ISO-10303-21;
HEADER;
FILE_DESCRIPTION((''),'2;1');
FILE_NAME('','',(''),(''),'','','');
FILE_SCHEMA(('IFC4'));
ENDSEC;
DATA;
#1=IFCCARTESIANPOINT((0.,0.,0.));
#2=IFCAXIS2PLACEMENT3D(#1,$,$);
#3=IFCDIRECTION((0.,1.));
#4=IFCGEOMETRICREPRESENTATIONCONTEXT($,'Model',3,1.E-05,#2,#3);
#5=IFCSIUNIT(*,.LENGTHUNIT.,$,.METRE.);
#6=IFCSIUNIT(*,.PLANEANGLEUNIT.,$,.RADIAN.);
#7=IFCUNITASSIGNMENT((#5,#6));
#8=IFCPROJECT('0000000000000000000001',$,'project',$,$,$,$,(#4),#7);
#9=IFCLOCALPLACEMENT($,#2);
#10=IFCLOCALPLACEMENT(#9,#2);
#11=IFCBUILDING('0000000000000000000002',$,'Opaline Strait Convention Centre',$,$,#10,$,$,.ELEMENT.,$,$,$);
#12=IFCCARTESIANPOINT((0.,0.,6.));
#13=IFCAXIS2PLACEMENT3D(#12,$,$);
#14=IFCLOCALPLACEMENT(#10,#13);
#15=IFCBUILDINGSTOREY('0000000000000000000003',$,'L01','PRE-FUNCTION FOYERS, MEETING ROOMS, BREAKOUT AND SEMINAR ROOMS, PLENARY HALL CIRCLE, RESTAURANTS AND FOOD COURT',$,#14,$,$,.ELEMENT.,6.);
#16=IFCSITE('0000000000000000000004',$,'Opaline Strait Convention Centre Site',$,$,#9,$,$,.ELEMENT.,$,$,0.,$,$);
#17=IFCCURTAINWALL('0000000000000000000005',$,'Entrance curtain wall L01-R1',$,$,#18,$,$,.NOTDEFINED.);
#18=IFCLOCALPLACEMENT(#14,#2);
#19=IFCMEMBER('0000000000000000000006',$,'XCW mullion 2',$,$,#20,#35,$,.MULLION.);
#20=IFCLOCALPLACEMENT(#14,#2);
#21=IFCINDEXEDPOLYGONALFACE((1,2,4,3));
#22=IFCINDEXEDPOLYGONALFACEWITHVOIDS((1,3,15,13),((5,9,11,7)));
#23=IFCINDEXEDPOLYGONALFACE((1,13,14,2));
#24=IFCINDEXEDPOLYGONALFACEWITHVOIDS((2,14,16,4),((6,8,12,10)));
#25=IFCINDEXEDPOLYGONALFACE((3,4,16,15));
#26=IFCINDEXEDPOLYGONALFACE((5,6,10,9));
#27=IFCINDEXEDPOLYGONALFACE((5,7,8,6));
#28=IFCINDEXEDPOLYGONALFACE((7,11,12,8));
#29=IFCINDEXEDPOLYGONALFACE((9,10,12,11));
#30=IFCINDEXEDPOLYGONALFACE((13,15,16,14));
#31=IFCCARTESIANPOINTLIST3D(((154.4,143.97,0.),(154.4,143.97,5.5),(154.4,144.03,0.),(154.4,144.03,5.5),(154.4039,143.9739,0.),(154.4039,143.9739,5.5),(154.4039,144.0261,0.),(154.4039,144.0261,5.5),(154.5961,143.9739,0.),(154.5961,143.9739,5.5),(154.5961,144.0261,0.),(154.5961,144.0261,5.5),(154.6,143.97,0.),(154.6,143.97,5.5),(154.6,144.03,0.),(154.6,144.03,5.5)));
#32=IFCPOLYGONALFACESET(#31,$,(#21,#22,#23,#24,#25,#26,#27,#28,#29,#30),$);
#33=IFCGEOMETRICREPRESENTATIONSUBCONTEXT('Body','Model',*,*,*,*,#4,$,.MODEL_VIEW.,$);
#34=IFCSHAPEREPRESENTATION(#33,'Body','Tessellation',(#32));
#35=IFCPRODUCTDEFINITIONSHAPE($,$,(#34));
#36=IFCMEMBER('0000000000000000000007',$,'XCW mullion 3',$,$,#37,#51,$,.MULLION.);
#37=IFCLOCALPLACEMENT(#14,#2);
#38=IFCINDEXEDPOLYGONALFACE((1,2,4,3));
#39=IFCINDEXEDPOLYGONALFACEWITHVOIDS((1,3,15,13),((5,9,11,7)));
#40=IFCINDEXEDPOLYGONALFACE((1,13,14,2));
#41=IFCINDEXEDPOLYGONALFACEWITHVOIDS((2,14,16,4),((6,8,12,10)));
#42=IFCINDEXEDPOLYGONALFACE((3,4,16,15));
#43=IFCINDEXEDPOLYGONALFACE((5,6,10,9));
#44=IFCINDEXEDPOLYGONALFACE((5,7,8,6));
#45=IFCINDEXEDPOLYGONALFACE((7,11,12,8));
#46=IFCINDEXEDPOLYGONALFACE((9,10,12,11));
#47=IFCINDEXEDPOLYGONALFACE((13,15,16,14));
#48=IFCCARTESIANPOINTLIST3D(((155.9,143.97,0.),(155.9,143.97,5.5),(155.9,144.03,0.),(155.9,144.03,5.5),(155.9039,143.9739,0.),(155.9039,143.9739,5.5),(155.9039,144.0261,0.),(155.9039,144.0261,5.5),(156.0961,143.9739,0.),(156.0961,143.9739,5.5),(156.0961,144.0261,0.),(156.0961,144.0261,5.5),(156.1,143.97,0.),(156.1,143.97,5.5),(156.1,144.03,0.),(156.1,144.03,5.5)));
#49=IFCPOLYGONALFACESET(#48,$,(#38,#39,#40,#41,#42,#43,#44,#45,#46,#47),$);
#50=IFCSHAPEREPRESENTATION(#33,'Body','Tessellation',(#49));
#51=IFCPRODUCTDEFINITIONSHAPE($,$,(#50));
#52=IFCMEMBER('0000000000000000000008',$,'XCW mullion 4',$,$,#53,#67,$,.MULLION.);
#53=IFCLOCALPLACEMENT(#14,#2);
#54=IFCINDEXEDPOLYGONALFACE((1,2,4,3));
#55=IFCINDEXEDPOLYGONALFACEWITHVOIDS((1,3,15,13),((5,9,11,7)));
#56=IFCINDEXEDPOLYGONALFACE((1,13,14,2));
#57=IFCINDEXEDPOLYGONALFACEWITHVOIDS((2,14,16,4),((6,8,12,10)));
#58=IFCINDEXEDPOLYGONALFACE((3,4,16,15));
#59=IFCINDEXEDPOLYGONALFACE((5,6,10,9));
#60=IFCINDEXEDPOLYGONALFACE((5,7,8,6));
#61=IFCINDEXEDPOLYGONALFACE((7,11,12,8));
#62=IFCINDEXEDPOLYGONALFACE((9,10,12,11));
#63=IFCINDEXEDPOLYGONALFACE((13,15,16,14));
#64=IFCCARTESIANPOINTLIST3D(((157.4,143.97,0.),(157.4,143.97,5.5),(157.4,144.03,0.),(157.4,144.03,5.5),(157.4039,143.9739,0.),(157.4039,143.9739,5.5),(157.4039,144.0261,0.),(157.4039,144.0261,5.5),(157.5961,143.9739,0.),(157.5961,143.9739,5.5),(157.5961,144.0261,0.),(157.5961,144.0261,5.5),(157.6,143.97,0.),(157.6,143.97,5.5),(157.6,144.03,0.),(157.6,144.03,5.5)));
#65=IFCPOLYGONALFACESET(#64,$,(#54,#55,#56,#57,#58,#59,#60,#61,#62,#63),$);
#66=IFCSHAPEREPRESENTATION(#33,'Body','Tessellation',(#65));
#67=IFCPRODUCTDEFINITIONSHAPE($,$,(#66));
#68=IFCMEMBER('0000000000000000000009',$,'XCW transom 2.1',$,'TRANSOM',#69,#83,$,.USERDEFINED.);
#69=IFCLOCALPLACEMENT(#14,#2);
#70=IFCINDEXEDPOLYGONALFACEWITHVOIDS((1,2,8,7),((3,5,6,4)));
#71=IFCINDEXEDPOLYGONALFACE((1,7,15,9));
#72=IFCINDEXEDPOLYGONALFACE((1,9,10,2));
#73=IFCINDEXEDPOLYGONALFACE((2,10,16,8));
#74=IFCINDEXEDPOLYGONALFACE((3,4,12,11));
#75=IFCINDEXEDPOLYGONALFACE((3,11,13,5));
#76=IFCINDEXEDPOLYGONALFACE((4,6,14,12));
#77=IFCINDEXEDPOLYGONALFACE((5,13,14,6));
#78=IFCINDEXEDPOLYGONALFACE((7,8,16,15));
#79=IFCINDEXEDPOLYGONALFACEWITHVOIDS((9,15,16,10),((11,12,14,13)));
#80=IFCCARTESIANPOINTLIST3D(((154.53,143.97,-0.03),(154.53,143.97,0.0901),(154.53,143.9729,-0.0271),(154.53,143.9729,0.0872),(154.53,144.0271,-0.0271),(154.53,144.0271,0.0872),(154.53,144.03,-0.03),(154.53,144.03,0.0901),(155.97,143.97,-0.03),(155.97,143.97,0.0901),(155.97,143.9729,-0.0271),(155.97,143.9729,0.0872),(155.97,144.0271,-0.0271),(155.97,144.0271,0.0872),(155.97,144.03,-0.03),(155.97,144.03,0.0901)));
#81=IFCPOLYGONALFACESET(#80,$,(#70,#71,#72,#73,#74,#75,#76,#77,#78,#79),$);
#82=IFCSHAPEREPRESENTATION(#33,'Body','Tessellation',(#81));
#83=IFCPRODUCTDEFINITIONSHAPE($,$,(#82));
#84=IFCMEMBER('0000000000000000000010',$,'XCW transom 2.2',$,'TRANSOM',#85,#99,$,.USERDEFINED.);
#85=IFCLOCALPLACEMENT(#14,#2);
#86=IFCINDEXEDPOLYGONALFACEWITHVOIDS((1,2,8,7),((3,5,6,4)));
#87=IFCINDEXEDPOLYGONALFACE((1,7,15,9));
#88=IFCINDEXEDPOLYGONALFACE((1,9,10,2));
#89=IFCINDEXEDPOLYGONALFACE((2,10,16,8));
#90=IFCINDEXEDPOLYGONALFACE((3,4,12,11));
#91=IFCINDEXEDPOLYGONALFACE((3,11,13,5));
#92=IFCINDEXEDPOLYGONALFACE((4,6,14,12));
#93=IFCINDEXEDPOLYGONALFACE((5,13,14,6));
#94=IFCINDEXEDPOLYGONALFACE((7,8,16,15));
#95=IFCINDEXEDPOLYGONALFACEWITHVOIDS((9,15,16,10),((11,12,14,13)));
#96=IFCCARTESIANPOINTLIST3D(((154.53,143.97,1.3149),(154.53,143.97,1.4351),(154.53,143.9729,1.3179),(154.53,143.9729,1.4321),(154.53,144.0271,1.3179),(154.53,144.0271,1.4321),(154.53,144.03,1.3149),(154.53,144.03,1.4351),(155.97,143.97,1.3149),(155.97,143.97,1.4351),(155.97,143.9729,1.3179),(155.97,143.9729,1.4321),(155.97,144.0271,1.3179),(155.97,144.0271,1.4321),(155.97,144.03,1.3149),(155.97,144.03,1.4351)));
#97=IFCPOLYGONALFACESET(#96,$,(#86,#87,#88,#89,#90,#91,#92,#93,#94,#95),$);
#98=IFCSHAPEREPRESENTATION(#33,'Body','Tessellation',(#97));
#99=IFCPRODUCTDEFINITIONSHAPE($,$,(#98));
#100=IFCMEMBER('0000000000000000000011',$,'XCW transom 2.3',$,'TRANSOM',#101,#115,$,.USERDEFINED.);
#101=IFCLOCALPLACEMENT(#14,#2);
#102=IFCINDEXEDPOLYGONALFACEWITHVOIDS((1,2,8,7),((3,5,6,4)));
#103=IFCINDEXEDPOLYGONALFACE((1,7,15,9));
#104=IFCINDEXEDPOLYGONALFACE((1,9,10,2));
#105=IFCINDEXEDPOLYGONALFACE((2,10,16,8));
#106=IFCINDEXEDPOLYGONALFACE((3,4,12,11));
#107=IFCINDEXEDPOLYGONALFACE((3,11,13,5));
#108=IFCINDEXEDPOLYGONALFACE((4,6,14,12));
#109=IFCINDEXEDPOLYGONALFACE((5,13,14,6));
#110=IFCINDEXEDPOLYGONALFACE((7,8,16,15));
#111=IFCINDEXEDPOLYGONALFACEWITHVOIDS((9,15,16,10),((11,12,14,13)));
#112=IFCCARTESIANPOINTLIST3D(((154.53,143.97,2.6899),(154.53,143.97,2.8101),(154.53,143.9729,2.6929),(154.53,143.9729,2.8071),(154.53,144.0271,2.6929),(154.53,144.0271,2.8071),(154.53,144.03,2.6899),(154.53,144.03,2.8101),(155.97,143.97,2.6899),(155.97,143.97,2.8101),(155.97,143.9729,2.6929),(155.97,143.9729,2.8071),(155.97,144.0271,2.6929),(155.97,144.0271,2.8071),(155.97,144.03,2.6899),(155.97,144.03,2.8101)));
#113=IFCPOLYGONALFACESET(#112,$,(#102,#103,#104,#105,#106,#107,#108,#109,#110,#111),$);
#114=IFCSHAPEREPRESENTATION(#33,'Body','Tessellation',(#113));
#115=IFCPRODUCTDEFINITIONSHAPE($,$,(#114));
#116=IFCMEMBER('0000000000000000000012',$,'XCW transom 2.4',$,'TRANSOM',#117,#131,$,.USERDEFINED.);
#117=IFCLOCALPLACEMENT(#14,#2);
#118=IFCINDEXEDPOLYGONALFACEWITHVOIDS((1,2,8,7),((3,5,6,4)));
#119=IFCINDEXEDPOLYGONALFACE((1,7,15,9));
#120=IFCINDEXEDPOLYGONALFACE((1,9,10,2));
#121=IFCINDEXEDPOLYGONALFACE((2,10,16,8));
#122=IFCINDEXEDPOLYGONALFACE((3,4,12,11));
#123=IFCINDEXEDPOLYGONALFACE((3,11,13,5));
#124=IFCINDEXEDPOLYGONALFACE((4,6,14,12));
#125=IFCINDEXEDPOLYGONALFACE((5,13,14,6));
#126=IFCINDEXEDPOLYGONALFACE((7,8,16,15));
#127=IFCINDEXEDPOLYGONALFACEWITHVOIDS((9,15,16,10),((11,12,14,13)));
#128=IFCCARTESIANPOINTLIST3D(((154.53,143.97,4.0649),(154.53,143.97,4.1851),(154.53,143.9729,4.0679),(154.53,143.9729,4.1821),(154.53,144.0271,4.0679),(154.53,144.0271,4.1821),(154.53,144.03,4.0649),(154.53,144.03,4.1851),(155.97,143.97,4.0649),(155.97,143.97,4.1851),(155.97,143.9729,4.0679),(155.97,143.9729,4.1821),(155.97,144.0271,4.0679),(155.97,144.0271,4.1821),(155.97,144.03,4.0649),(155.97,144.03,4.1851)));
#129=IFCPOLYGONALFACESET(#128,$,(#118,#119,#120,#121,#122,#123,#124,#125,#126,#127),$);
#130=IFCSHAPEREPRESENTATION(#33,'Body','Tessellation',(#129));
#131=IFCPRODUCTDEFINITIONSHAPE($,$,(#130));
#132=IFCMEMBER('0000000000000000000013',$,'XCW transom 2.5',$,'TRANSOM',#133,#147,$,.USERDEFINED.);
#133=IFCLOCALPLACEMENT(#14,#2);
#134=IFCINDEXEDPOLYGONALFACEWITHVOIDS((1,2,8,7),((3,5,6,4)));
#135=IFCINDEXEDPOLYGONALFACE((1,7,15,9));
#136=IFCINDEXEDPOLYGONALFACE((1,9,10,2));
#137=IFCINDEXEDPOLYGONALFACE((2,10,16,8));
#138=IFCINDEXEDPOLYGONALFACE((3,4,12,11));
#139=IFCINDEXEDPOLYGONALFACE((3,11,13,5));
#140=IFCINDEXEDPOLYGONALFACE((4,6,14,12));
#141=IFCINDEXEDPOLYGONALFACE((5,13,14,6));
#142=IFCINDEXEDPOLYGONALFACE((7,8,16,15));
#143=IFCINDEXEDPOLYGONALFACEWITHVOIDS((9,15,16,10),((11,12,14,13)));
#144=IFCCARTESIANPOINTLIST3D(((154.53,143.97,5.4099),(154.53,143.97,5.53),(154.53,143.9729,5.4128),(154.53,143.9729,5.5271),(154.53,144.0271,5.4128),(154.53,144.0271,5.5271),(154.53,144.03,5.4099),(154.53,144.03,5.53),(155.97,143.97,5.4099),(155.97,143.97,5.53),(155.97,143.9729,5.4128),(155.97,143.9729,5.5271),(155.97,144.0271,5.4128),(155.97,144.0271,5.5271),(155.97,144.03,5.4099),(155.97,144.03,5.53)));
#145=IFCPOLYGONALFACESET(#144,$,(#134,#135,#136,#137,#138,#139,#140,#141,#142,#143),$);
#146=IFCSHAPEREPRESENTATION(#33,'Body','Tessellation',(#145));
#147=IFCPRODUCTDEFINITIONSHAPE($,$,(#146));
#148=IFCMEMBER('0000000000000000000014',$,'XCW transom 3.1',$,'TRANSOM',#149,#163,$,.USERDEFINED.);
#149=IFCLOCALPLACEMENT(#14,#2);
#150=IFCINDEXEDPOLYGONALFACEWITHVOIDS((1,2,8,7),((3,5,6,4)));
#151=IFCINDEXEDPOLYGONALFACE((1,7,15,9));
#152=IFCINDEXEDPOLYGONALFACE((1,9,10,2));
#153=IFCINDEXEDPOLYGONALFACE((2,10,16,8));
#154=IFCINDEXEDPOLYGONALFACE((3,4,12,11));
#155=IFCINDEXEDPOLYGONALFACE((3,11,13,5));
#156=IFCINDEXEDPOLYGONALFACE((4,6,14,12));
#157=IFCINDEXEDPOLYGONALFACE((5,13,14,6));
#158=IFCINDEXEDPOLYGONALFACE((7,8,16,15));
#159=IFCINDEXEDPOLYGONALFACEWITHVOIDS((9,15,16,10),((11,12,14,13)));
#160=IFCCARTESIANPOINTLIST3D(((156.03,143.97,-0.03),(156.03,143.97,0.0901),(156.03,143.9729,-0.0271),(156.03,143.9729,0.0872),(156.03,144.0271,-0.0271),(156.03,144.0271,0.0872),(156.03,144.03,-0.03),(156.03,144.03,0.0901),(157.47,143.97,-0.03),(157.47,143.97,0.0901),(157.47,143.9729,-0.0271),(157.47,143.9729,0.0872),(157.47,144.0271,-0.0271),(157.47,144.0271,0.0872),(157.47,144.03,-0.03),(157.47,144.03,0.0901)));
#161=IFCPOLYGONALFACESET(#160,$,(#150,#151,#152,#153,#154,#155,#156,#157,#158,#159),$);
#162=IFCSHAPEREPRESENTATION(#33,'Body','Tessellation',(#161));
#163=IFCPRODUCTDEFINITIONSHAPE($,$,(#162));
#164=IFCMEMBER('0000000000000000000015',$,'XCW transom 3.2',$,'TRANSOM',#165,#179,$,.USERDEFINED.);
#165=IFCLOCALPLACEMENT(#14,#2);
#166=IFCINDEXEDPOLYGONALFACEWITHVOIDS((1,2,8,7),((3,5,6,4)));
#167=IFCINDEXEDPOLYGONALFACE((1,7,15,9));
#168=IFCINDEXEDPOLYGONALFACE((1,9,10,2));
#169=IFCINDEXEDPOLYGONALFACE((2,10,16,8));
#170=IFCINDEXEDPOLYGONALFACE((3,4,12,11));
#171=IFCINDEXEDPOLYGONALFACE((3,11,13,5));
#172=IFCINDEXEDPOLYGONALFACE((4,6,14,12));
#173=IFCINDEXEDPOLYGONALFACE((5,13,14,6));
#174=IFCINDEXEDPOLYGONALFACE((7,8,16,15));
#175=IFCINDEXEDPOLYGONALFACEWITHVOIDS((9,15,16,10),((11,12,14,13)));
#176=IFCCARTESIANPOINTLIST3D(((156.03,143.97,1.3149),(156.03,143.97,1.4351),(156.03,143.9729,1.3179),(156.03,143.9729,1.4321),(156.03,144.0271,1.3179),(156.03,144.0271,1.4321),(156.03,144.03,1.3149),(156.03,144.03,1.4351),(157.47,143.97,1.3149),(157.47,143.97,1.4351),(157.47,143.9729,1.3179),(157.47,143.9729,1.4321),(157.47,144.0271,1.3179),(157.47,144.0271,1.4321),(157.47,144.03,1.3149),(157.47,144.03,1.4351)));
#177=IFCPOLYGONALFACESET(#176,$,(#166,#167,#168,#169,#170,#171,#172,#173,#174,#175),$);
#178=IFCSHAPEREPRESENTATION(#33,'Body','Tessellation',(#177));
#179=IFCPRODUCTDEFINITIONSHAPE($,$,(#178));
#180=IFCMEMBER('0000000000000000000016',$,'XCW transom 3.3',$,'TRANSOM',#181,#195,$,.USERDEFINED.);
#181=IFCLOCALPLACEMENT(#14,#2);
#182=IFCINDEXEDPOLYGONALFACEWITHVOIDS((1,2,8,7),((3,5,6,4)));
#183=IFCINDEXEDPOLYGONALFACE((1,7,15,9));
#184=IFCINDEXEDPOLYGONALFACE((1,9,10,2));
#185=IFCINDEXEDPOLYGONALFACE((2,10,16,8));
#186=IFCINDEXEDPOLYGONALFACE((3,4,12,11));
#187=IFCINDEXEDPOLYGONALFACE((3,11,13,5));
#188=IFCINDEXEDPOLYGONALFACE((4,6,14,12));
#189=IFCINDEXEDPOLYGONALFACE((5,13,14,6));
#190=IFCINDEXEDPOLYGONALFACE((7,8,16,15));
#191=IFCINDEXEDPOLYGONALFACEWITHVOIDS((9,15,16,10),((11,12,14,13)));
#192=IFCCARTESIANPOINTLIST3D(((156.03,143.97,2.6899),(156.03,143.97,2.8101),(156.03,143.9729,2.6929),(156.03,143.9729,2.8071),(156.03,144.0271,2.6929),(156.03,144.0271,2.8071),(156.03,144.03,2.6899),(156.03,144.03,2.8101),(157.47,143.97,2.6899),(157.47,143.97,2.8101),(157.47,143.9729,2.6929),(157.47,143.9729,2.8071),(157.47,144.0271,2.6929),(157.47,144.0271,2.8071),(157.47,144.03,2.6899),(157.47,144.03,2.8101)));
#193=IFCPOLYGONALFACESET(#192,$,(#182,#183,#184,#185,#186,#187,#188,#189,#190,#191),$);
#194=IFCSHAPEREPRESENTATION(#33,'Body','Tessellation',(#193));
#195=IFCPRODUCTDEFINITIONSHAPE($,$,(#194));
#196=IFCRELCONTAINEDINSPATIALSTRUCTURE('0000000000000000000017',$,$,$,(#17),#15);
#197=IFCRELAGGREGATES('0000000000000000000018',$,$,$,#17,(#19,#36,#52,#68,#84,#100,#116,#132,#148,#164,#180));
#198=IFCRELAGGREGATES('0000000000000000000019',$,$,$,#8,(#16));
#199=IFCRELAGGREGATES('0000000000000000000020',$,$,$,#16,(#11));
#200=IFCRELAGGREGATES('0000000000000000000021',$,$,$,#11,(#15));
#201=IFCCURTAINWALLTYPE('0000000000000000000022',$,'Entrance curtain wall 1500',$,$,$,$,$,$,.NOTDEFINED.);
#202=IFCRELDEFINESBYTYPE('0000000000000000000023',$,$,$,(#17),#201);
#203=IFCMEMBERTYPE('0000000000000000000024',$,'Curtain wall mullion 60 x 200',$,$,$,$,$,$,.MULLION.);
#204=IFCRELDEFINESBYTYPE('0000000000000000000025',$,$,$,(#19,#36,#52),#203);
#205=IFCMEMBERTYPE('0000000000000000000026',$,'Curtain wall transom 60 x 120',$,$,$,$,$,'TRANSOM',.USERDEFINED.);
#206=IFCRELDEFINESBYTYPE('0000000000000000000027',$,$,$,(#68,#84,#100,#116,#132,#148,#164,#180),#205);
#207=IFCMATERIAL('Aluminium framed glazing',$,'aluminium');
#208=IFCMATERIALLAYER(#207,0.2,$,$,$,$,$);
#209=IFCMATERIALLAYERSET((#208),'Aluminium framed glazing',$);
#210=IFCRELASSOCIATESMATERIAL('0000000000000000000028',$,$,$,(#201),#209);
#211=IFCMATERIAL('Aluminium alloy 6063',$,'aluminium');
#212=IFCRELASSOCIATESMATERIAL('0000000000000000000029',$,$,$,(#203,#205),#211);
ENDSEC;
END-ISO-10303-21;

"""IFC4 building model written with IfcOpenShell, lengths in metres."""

from ifc_helpers import new_model, si_unit, direction, frame, origin, origin_2d, place, context, subcontext, project, spatial, hollow_rectangle, extrude, material, layer, layer_set, material_profile, profile_set, type_object, element, aggregate, save


model = new_model("IFC4")

# Units and contexts
model_context = context("Model", 3, precision=1e-05, world=origin(), true_north=direction((0.0, 1.0)))
body_context = subcontext(model_context, "Body", "Model", "MODEL_VIEW")
ifc_project = project(units=[si_unit("LENGTHUNIT", "METRE"), si_unit("PLANEANGLEUNIT", "RADIAN")], contexts=[model_context])

# Site, building, storey
site_placement = place(None, origin())
site = spatial("IfcSite", under=ifc_project, at=site_placement, Name="Opaline Strait Convention Centre Site", CompositionType="ELEMENT", RefElevation=0.0)
building_placement = place(site_placement, origin())
building = spatial("IfcBuilding", under=site, at=building_placement, Name="Opaline Strait Convention Centre", CompositionType="ELEMENT")
storey_placement = place(building_placement, frame((0.0, 0.0, 6.0)))
storey = spatial("IfcBuildingStorey", under=building, at=storey_placement, Name="L01", Description="PRE-FUNCTION FOYERS, MEETING ROOMS, BREAKOUT AND SEMINAR ROOMS, PLENARY HALL CIRCLE, RESTAURANTS AND FOOD COURT", CompositionType="ELEMENT", Elevation=6.0)

# Curtain wall, members
ifc_material_1 = material(Name="Aluminium framed glazing", Category="aluminium")
ifc_layer_1 = layer(ifc_material_1, 0.2)
ifc_layer_set_1 = layer_set([ifc_layer_1], Name="Aluminium framed glazing")
curtain_wall_type = type_object("IfcCurtainWallType", Name="Entrance curtain wall 1500", PredefinedType="NOTDEFINED", material=ifc_layer_set_1)
curtain_wall_placement = place(storey_placement, origin())
curtain_wall = element("IfcCurtainWall", 1, at=curtain_wall_placement, inside=storey, type_object=curtain_wall_type, Name="Entrance curtain wall L01-R1", PredefinedType="NOTDEFINED")
ifc_material_2 = material(Name="Aluminium alloy 6063", Category="aluminium")
ifc_material_profile_1 = material_profile(ifc_material_2, hollow_rectangle(XDim=0.0601, YDim=0.2, WallThickness=0.0039, at=origin_2d()), Name="MULLION 60x200x4")
ifc_profile_set_1 = profile_set([ifc_material_profile_1], Name="Aluminium alloy 6063")
member_type_1 = type_object("IfcMemberType", Name="Curtain wall mullion 60 x 200", PredefinedType="MULLION", material=ifc_profile_set_1)
member_1_placement = place(storey_placement, frame((154.5, 144.0, 0.0), z_axis=(0.0, 0.0, 1.0), x_axis=(0.0, 1.0, 0.0)))
member_1 = element("IfcMember", 2, at=member_1_placement, type_object=member_type_1, Name="XCW mullion 2", PredefinedType="MULLION", context=body_context, shape_type="SweptSolid", body=[
    extrude(hollow_rectangle(XDim=0.0601, YDim=0.2, WallThickness=0.0039, at=origin_2d()), origin(), (0.0, 0.0, 1.0), 5.5),
])
member_2_placement = place(storey_placement, frame((156.0, 144.0, 0.0), z_axis=(0.0, 0.0, 1.0), x_axis=(0.0, 1.0, 0.0)))
member_2 = element("IfcMember", 3, at=member_2_placement, type_object=member_type_1, Name="XCW mullion 3", PredefinedType="MULLION", context=body_context, shape_type="SweptSolid", body=[
    extrude(hollow_rectangle(XDim=0.0601, YDim=0.2, WallThickness=0.0039, at=origin_2d()), origin(), (0.0, 0.0, 1.0), 5.5),
])
member_3_placement = place(storey_placement, frame((157.5, 144.0, 0.0), z_axis=(0.0, 0.0, 1.0), x_axis=(0.0, 1.0, 0.0)))
member_3 = element("IfcMember", 4, at=member_3_placement, type_object=member_type_1, Name="XCW mullion 4", PredefinedType="MULLION", context=body_context, shape_type="SweptSolid", body=[
    extrude(hollow_rectangle(XDim=0.0601, YDim=0.2, WallThickness=0.0039, at=origin_2d()), origin(), (0.0, 0.0, 1.0), 5.5),
])
ifc_material_profile_2 = material_profile(ifc_material_2, hollow_rectangle(XDim=0.0601, YDim=0.1201, WallThickness=0.0029, at=origin_2d()), Name="TRANSOM 60x120x3")
ifc_profile_set_2 = profile_set([ifc_material_profile_2], Name="Aluminium alloy 6063")
member_type_2 = type_object("IfcMemberType", Name="Curtain wall transom 60 x 120", ElementType="TRANSOM", PredefinedType="USERDEFINED", material=ifc_profile_set_2)
member_4_placement = place(storey_placement, frame((154.53, 144.0, 0.03), z_axis=(1.0, 0.0, 0.0), x_axis=(0.0, 1.0, 0.0)))
member_4 = element("IfcMember", 5, at=member_4_placement, type_object=member_type_2, Name="XCW transom 2.1", ObjectType="TRANSOM", PredefinedType="USERDEFINED", context=body_context, shape_type="SweptSolid", body=[
    extrude(hollow_rectangle(XDim=0.0601, YDim=0.1201, WallThickness=0.0029, at=origin_2d()), origin(), (0.0, 0.0, 1.0), 1.4399),
])
member_5_placement = place(storey_placement, frame((154.53, 144.0, 1.375), z_axis=(1.0, 0.0, 0.0), x_axis=(0.0, 1.0, 0.0)))
member_5 = element("IfcMember", 6, at=member_5_placement, type_object=member_type_2, Name="XCW transom 2.2", ObjectType="TRANSOM", PredefinedType="USERDEFINED", context=body_context, shape_type="SweptSolid", body=[
    extrude(hollow_rectangle(XDim=0.0601, YDim=0.1201, WallThickness=0.0029, at=origin_2d()), origin(), (0.0, 0.0, 1.0), 1.4399),
])
member_6_placement = place(storey_placement, frame((154.53, 144.0, 2.75), z_axis=(1.0, 0.0, 0.0), x_axis=(0.0, 1.0, 0.0)))
member_6 = element("IfcMember", 7, at=member_6_placement, type_object=member_type_2, Name="XCW transom 2.3", ObjectType="TRANSOM", PredefinedType="USERDEFINED", context=body_context, shape_type="SweptSolid", body=[
    extrude(hollow_rectangle(XDim=0.0601, YDim=0.1201, WallThickness=0.0029, at=origin_2d()), origin(), (0.0, 0.0, 1.0), 1.4399),
])
member_7_placement = place(storey_placement, frame((154.53, 144.0, 4.125), z_axis=(1.0, 0.0, 0.0), x_axis=(0.0, 1.0, 0.0)))
member_7 = element("IfcMember", 8, at=member_7_placement, type_object=member_type_2, Name="XCW transom 2.4", ObjectType="TRANSOM", PredefinedType="USERDEFINED", context=body_context, shape_type="SweptSolid", body=[
    extrude(hollow_rectangle(XDim=0.0601, YDim=0.1201, WallThickness=0.0029, at=origin_2d()), origin(), (0.0, 0.0, 1.0), 1.4399),
])
member_8_placement = place(storey_placement, frame((154.53, 144.0, 5.47), z_axis=(1.0, 0.0, 0.0), x_axis=(0.0, 1.0, 0.0)))
member_8 = element("IfcMember", 9, at=member_8_placement, type_object=member_type_2, Name="XCW transom 2.5", ObjectType="TRANSOM", PredefinedType="USERDEFINED", context=body_context, shape_type="SweptSolid", body=[
    extrude(hollow_rectangle(XDim=0.0601, YDim=0.1201, WallThickness=0.0029, at=origin_2d()), origin(), (0.0, 0.0, 1.0), 1.4399),
])
member_9_placement = place(storey_placement, frame((156.03, 144.0, 0.03), z_axis=(1.0, 0.0, 0.0), x_axis=(0.0, 1.0, 0.0)))
member_9 = element("IfcMember", 10, at=member_9_placement, type_object=member_type_2, Name="XCW transom 3.1", ObjectType="TRANSOM", PredefinedType="USERDEFINED", context=body_context, shape_type="SweptSolid", body=[
    extrude(hollow_rectangle(XDim=0.0601, YDim=0.1201, WallThickness=0.0029, at=origin_2d()), origin(), (0.0, 0.0, 1.0), 1.4399),
])
member_10_placement = place(storey_placement, frame((156.03, 144.0, 1.375), z_axis=(1.0, 0.0, 0.0), x_axis=(0.0, 1.0, 0.0)))
member_10 = element("IfcMember", 11, at=member_10_placement, type_object=member_type_2, Name="XCW transom 3.2", ObjectType="TRANSOM", PredefinedType="USERDEFINED", context=body_context, shape_type="SweptSolid", body=[
    extrude(hollow_rectangle(XDim=0.0601, YDim=0.1201, WallThickness=0.0029, at=origin_2d()), origin(), (0.0, 0.0, 1.0), 1.4399),
])
member_11_placement = place(storey_placement, frame((156.03, 144.0, 2.75), z_axis=(1.0, 0.0, 0.0), x_axis=(0.0, 1.0, 0.0)))
member_11 = element("IfcMember", 12, at=member_11_placement, type_object=member_type_2, Name="XCW transom 3.3", ObjectType="TRANSOM", PredefinedType="USERDEFINED", context=body_context, shape_type="SweptSolid", body=[
    extrude(hollow_rectangle(XDim=0.0601, YDim=0.1201, WallThickness=0.0029, at=origin_2d()), origin(), (0.0, 0.0, 1.0), 1.4399),
])
aggregate(curtain_wall, [member_1, member_2, member_3, member_4, member_5, member_6, member_7, member_8, member_9, member_10, member_11])

save(model, "model.ifc")
